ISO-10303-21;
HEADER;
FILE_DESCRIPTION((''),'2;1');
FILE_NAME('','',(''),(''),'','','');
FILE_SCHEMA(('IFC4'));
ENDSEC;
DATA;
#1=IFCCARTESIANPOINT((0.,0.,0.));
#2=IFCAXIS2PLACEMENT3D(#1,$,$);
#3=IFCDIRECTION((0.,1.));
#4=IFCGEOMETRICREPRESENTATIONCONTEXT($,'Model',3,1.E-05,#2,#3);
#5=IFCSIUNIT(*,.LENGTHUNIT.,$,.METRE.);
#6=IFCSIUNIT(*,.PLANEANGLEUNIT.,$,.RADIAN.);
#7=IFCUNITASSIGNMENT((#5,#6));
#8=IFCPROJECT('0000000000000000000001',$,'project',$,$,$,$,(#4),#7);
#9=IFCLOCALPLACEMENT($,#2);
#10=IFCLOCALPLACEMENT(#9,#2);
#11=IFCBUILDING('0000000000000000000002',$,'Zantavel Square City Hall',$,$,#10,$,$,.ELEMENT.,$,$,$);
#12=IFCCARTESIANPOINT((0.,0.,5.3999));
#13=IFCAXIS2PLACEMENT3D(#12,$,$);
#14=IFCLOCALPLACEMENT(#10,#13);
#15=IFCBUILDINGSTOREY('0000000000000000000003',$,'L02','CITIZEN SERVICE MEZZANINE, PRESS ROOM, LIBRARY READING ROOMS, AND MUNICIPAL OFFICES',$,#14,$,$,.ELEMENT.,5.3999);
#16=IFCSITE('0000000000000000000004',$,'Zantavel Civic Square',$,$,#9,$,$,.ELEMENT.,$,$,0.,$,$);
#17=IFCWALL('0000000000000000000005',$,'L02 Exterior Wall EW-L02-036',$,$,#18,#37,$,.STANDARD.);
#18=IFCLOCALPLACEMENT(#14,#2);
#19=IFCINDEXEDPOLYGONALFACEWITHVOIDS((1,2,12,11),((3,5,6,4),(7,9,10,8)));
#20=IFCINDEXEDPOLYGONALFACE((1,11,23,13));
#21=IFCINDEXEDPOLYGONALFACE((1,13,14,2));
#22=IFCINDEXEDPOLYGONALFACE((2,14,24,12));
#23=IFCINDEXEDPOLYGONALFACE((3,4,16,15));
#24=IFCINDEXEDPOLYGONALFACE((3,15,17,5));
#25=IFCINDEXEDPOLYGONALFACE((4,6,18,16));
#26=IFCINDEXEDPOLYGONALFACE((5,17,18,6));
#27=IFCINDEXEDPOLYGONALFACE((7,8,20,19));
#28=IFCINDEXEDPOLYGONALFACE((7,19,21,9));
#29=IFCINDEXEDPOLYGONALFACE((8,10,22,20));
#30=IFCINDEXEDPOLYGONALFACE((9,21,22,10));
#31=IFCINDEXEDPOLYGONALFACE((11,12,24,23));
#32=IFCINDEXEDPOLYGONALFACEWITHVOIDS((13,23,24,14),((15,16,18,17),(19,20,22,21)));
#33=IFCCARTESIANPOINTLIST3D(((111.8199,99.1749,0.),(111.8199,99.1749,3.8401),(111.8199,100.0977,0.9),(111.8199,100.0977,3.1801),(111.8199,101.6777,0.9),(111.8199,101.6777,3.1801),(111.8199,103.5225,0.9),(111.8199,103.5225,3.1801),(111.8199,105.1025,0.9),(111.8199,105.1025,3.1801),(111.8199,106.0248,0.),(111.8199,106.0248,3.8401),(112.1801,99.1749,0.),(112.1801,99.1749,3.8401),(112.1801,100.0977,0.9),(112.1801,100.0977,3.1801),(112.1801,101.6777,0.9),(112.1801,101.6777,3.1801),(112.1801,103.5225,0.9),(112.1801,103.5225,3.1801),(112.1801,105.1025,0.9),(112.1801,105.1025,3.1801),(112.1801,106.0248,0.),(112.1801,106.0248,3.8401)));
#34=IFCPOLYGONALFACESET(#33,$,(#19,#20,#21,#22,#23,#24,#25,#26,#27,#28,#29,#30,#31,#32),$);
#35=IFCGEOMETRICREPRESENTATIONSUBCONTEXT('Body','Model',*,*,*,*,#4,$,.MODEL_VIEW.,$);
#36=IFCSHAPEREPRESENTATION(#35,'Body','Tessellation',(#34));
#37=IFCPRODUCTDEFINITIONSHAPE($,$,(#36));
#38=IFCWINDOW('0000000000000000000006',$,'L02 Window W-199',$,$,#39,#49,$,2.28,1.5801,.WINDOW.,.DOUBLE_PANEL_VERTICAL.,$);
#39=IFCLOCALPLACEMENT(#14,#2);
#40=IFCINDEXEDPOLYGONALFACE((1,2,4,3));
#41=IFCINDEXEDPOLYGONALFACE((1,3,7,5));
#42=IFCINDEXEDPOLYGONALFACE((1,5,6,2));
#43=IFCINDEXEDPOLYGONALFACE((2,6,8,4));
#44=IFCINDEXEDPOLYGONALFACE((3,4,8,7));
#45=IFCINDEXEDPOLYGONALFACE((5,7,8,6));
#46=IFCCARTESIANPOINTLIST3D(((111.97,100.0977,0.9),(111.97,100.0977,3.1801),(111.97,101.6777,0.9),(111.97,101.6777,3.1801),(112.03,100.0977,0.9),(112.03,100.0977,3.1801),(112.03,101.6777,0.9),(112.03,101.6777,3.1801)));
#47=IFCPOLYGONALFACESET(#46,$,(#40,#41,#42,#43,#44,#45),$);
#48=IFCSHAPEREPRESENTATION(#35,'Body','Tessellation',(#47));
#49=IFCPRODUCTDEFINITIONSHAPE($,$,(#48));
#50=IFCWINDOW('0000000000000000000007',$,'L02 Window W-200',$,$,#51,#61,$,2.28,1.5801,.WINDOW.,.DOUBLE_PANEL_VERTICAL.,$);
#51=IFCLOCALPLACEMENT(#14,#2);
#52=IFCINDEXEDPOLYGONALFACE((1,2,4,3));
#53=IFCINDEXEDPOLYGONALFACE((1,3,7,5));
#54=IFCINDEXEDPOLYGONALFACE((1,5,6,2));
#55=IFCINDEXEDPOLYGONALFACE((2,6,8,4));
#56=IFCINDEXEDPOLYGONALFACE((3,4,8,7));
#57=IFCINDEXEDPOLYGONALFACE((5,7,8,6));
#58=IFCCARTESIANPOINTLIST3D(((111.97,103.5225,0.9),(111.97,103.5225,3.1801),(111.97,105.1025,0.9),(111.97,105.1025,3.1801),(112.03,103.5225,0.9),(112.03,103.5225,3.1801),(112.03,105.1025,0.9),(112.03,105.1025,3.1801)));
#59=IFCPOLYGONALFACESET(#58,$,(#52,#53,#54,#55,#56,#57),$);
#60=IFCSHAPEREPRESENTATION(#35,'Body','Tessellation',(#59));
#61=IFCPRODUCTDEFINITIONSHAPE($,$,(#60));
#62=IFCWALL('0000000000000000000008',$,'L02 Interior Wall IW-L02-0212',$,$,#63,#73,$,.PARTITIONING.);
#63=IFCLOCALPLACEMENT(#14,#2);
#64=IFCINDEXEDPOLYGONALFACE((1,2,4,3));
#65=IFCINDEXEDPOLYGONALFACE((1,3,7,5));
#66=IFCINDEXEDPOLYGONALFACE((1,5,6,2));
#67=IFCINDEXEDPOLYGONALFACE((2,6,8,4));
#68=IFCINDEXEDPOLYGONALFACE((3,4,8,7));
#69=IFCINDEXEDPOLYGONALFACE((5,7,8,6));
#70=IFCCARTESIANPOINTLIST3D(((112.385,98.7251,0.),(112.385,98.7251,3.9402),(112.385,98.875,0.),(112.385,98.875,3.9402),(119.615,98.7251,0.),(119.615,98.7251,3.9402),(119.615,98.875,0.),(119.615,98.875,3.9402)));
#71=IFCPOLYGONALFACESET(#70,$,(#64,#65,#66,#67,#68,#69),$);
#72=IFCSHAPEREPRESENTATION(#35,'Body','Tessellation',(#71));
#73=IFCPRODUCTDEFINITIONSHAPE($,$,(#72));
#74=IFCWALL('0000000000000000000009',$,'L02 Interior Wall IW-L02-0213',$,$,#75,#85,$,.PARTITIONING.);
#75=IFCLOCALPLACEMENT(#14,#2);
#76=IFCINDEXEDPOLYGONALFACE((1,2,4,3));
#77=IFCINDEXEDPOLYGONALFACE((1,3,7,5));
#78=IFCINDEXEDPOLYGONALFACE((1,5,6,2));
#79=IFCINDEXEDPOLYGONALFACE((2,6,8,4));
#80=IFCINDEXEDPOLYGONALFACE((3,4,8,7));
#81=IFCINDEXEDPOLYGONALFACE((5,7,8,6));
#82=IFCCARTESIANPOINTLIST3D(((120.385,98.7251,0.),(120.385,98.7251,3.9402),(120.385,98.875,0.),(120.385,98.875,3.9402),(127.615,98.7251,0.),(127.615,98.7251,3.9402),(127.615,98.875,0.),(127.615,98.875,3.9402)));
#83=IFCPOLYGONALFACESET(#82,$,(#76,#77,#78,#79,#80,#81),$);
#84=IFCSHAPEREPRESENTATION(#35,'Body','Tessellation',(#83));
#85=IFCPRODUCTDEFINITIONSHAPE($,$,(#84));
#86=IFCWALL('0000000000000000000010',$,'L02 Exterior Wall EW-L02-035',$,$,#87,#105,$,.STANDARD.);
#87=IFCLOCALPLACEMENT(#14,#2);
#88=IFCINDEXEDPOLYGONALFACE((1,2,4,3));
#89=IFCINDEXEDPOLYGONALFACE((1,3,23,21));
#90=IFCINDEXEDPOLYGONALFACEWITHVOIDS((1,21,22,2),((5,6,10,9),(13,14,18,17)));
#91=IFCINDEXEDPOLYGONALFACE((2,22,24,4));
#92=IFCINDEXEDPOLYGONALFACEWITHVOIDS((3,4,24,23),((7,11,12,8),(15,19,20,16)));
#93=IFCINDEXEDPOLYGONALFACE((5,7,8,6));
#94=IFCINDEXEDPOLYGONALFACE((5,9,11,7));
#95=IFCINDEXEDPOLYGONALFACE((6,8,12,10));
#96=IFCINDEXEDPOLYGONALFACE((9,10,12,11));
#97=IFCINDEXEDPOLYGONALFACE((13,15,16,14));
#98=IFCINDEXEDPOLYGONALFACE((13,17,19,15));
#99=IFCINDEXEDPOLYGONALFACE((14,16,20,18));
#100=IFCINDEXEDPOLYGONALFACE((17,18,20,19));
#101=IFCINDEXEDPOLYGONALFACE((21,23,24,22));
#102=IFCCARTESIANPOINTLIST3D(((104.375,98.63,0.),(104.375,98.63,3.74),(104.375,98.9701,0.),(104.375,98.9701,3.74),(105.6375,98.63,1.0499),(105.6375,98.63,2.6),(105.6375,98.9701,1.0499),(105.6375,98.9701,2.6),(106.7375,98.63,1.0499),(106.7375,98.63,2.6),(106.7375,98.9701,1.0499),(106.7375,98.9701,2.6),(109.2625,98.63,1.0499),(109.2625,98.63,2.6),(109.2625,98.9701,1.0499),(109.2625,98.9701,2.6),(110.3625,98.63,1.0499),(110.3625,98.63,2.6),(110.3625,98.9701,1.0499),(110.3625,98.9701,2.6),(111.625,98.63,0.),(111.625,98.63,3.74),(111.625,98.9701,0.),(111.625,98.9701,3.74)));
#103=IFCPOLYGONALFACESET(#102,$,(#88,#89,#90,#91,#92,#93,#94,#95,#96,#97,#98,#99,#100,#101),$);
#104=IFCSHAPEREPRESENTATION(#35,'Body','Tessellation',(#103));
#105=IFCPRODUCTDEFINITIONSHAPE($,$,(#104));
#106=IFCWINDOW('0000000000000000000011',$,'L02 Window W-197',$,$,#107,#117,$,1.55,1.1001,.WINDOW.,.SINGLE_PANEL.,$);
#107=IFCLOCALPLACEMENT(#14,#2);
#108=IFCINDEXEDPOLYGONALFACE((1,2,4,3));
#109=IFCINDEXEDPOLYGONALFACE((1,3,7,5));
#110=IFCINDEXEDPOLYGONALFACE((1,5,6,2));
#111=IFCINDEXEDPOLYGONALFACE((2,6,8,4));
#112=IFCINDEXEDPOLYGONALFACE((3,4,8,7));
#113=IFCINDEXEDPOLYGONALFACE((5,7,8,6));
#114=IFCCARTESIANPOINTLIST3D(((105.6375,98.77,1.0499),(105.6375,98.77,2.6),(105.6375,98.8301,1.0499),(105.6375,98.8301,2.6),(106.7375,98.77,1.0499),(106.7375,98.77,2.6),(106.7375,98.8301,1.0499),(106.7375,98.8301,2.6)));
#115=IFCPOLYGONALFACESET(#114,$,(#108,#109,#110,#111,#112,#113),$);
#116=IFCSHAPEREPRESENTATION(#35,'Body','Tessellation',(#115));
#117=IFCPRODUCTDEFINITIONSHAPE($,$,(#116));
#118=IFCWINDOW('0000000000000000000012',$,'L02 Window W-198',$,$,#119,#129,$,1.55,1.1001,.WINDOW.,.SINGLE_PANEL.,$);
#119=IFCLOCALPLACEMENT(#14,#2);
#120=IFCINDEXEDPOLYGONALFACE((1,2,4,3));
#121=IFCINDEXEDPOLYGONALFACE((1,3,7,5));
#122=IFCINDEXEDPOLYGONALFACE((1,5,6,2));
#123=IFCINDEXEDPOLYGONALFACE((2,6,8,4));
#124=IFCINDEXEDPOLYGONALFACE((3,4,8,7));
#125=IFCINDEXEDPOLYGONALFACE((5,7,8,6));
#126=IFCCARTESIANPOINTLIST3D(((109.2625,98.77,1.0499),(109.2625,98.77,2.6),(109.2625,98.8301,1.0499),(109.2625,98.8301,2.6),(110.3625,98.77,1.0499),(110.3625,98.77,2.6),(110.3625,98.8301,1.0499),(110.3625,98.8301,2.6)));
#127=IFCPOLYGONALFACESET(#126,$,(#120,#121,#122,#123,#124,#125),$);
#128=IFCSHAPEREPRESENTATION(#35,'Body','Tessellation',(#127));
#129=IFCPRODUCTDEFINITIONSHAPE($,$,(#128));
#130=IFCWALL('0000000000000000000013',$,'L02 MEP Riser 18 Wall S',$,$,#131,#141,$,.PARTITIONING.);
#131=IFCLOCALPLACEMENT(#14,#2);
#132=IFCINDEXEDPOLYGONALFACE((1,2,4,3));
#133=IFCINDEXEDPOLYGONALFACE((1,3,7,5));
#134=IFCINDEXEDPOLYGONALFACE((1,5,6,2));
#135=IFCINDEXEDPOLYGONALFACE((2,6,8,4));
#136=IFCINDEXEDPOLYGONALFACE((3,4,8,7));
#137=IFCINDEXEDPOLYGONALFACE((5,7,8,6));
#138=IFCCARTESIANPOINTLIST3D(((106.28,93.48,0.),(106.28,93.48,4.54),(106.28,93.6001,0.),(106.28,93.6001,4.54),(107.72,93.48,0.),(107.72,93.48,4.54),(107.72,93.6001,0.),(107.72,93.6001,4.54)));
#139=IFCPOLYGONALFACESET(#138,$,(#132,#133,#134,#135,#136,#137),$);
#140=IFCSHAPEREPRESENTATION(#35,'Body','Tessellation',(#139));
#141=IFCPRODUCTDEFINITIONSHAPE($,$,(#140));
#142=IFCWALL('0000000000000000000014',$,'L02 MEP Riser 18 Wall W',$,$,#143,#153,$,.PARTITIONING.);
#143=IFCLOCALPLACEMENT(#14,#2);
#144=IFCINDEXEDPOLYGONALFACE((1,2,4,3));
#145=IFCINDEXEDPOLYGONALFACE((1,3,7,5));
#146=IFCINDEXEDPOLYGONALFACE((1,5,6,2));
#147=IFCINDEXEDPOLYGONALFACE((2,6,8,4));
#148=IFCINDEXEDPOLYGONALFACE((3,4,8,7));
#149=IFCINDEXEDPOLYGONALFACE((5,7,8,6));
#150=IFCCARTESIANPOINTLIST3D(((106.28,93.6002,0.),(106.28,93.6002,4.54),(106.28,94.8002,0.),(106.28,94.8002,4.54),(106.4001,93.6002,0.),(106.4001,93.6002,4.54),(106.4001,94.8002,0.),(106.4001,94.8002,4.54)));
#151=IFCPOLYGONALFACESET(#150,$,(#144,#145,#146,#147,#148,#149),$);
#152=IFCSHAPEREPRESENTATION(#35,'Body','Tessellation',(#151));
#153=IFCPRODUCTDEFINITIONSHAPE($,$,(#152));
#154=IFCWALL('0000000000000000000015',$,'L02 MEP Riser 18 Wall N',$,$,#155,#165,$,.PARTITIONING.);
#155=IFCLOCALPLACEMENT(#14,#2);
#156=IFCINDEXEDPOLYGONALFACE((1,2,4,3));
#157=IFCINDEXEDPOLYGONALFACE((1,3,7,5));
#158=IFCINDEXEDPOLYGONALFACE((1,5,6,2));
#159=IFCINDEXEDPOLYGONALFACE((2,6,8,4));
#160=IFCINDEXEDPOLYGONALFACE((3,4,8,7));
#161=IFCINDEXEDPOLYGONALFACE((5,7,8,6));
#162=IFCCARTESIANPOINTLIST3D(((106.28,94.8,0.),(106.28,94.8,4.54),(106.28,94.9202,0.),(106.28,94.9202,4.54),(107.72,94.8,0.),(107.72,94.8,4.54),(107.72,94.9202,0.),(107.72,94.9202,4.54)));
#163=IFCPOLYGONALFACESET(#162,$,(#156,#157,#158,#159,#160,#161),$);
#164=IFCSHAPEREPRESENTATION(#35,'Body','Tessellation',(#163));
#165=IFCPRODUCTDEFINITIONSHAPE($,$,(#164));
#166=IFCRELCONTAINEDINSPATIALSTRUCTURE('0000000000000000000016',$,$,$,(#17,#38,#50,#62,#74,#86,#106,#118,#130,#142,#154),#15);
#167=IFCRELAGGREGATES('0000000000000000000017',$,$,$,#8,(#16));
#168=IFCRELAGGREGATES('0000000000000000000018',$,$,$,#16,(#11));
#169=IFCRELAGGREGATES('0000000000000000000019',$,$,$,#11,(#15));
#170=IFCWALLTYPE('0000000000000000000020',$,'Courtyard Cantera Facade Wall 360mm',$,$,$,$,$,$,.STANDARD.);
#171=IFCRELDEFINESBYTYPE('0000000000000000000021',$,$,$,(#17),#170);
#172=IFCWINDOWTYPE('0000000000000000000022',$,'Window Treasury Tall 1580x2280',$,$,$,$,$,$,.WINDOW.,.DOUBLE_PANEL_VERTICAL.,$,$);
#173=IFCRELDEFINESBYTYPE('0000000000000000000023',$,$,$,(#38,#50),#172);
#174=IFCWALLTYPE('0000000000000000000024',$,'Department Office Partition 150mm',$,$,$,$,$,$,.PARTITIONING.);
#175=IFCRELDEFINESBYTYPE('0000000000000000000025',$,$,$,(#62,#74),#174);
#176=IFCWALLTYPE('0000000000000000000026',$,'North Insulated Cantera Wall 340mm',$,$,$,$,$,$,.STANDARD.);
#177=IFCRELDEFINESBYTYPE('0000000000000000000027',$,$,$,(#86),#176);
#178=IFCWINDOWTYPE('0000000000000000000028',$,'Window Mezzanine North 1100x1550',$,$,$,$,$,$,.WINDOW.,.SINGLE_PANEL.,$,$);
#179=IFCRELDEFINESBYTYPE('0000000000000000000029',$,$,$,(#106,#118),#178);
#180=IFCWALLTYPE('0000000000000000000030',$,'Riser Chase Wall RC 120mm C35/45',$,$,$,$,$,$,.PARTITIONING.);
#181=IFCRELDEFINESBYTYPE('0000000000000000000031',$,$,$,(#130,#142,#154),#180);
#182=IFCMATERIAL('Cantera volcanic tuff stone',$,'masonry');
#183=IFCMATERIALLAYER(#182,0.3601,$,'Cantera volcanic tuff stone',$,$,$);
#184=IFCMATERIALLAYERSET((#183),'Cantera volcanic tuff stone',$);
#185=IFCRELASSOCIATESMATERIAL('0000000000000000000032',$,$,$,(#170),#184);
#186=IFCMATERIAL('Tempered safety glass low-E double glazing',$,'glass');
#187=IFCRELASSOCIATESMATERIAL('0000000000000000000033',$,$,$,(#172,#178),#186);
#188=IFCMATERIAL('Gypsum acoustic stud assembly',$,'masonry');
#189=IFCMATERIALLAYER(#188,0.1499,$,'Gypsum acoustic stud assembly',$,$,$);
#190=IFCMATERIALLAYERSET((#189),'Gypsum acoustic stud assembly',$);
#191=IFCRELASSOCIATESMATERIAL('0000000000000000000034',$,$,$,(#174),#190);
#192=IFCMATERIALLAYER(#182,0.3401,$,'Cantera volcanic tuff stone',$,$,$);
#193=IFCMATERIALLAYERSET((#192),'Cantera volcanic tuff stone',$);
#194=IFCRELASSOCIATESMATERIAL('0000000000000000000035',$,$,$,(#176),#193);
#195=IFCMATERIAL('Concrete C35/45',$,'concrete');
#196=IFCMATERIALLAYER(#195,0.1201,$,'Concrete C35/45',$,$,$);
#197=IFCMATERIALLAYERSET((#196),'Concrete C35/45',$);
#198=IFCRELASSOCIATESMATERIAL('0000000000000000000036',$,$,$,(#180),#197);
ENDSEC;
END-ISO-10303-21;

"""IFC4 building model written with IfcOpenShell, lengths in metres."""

from ifc_helpers import new_model, si_unit, direction, frame, frame_2d, origin, place, context, subcontext, project, spatial, rectangle, extrude, material, layer, layer_set, type_object, element, fill, save


model = new_model("IFC4")

# Units and contexts
model_context = context("Model", 3, precision=1e-05, world=origin(), true_north=direction((0.0, 1.0)))
body_context = subcontext(model_context, "Body", "Model", "MODEL_VIEW")
ifc_project = project(units=[si_unit("LENGTHUNIT", "METRE"), si_unit("PLANEANGLEUNIT", "RADIAN")], contexts=[model_context])

# Site, building, storey
site_placement = place(None, origin())
site = spatial("IfcSite", under=ifc_project, at=site_placement, Name="Zantavel Civic Square", CompositionType="ELEMENT", RefElevation=0.0)
building_placement = place(site_placement, origin())
building = spatial("IfcBuilding", under=site, at=building_placement, Name="Zantavel Square City Hall", CompositionType="ELEMENT")
storey_placement = place(building_placement, frame((0.0, 0.0, 5.3999)))
storey = spatial("IfcBuildingStorey", under=building, at=storey_placement, Name="L02", Description="CITIZEN SERVICE MEZZANINE, PRESS ROOM, LIBRARY READING ROOMS, AND MUNICIPAL OFFICES", CompositionType="ELEMENT", Elevation=5.3999)

# Shared definitions
ifc_material_1 = material(Name="Concrete C35/45", Category="concrete")

# Wall, openings, windows
ifc_material_2 = material(Name="Cantera volcanic tuff stone", Category="masonry")
ifc_layer_1 = layer(ifc_material_2, 0.3601, Name="Cantera volcanic tuff stone")
ifc_layer_set_1 = layer_set([ifc_layer_1], Name="Cantera volcanic tuff stone")
wall_type_1 = type_object("IfcWallType", Name="Courtyard Cantera Facade Wall 360mm", PredefinedType="STANDARD", material=ifc_layer_set_1)
wall_1_placement = place(storey_placement, frame((112.0, 99.175, 0.0), z_axis=(0.0, 0.0, 1.0), x_axis=(0.0, 1.0, 0.0)))
wall_1 = element("IfcWall", 1, at=wall_1_placement, inside=storey, type_object=wall_type_1, Name="L02 Exterior Wall EW-L02-036", PredefinedType="STANDARD", context=body_context, shape_type="SweptSolid", body=[
    extrude(rectangle(XDim=6.8499, YDim=0.3601, at=frame_2d((3.4248, 0.0))), origin(), (0.0, 0.0, 1.0), 3.8401),
])
opening_1_placement = place(wall_1_placement, frame((0.9226, 0.0, 0.8999)))
opening_1 = element("IfcOpeningElement", 2, at=opening_1_placement, cuts=wall_1, PredefinedType="OPENING", context=body_context, shape_type="SweptSolid", body=[
    extrude(rectangle(XDim=1.5801, YDim=2.28, at=frame_2d((0.79, 1.1401))), frame((0.0, 0.1899, 0.0), z_axis=(0.0, -1.0, 0.0), x_axis=(1.0, 0.0, 0.0)), (0.0, 0.0, 1.0), 0.3801),
])
opening_2_placement = place(wall_1_placement, frame((4.3474, 0.0, 0.8999)))
opening_2 = element("IfcOpeningElement", 3, at=opening_2_placement, cuts=wall_1, PredefinedType="OPENING", context=body_context, shape_type="SweptSolid", body=[
    extrude(rectangle(XDim=1.5801, YDim=2.28, at=frame_2d((0.79, 1.1401))), frame((0.0, 0.1899, 0.0), z_axis=(0.0, -1.0, 0.0), x_axis=(1.0, 0.0, 0.0)), (0.0, 0.0, 1.0), 0.3801),
])
ifc_material_3 = material(Name="Tempered safety glass low-E double glazing", Category="glass")
window_type_1 = type_object("IfcWindowType", Name="Window Treasury Tall 1580x2280", PartitioningType="DOUBLE_PANEL_VERTICAL", PredefinedType="WINDOW", material=ifc_material_3)
window_1_placement = place(opening_1_placement, origin())
window_1 = element("IfcWindow", 4, at=window_1_placement, inside=storey, type_object=window_type_1, Name="L02 Window W-199", OverallHeight=2.28, OverallWidth=1.5801, PartitioningType="DOUBLE_PANEL_VERTICAL", PredefinedType="WINDOW", context=body_context, shape_type="SweptSolid", body=[
    extrude(rectangle(XDim=1.5801, YDim=2.28, at=frame_2d((0.79, 1.1401))), frame((0.0, 0.03, 0.0), z_axis=(0.0, -1.0, 0.0), x_axis=(1.0, 0.0, 0.0)), (0.0, 0.0, 1.0), 0.0601),
])
fill(opening_1, window_1)
window_2_placement = place(opening_2_placement, origin())
window_2 = element("IfcWindow", 5, at=window_2_placement, inside=storey, type_object=window_type_1, Name="L02 Window W-200", OverallHeight=2.28, OverallWidth=1.5801, PartitioningType="DOUBLE_PANEL_VERTICAL", PredefinedType="WINDOW", context=body_context, shape_type="SweptSolid", body=[
    extrude(rectangle(XDim=1.5801, YDim=2.28, at=frame_2d((0.79, 1.1401))), frame((0.0, 0.03, 0.0), z_axis=(0.0, -1.0, 0.0), x_axis=(1.0, 0.0, 0.0)), (0.0, 0.0, 1.0), 0.0601),
])
fill(opening_2, window_2)

# Walls
ifc_material_4 = material(Name="Gypsum acoustic stud assembly", Category="masonry")
ifc_layer_2 = layer(ifc_material_4, 0.1499, Name="Gypsum acoustic stud assembly")
ifc_layer_set_2 = layer_set([ifc_layer_2], Name="Gypsum acoustic stud assembly")
wall_type_2 = type_object("IfcWallType", Name="Department Office Partition 150mm", PredefinedType="PARTITIONING", material=ifc_layer_set_2)
for number, where, z_axis, x_axis, name in (
    (6, (112.385, 98.8, 0.0), (0.0, 0.0, 1.0), (1.0, 0.0, 0.0), "L02 Interior Wall IW-L02-0212"),
    (7, (120.385, 98.8, 0.0), (0.0, 0.0, 1.0), (1.0, 0.0, 0.0), "L02 Interior Wall IW-L02-0213"),
):
    element("IfcWall", number, at=place(storey_placement, frame(where, z_axis=z_axis, x_axis=x_axis)), inside=storey, type_object=wall_type_2, Name=name, PredefinedType="PARTITIONING", context=body_context, shape_type="SweptSolid", body=[
        extrude(rectangle(XDim=7.23, YDim=0.1499, at=frame_2d((3.615, 0.0))), origin(), (0.0, 0.0, 1.0), 3.9402),
    ])

# Wall, openings, windows
ifc_layer_3 = layer(ifc_material_2, 0.3401, Name="Cantera volcanic tuff stone")
ifc_layer_set_3 = layer_set([ifc_layer_3], Name="Cantera volcanic tuff stone")
wall_type_3 = type_object("IfcWallType", Name="North Insulated Cantera Wall 340mm", PredefinedType="STANDARD", material=ifc_layer_set_3)
wall_2_placement = place(storey_placement, frame((104.375, 98.8, 0.0), z_axis=(0.0, 0.0, 1.0), x_axis=(1.0, 0.0, 0.0)))
wall_2 = element("IfcWall", 8, at=wall_2_placement, inside=storey, type_object=wall_type_3, Name="L02 Exterior Wall EW-L02-035", PredefinedType="STANDARD", context=body_context, shape_type="SweptSolid", body=[
    extrude(rectangle(XDim=7.25, YDim=0.3401, at=frame_2d((3.625, 0.0))), origin(), (0.0, 0.0, 1.0), 3.74),
])
opening_3_placement = place(wall_2_placement, frame((1.2625, 0.0, 1.05)))
opening_3 = element("IfcOpeningElement", 9, at=opening_3_placement, cuts=wall_2, PredefinedType="OPENING", context=body_context, shape_type="SweptSolid", body=[
    extrude(rectangle(XDim=1.1001, YDim=1.55, at=frame_2d((0.55, 0.7749))), frame((0.0, 0.1799, 0.0), z_axis=(0.0, -1.0, 0.0), x_axis=(1.0, 0.0, 0.0)), (0.0, 0.0, 1.0), 0.3601),
])
opening_4_placement = place(wall_2_placement, frame((4.8875, 0.0, 1.05)))
opening_4 = element("IfcOpeningElement", 10, at=opening_4_placement, cuts=wall_2, PredefinedType="OPENING", context=body_context, shape_type="SweptSolid", body=[
    extrude(rectangle(XDim=1.1001, YDim=1.55, at=frame_2d((0.55, 0.7749))), frame((0.0, 0.1799, 0.0), z_axis=(0.0, -1.0, 0.0), x_axis=(1.0, 0.0, 0.0)), (0.0, 0.0, 1.0), 0.3601),
])
window_type_2 = type_object("IfcWindowType", Name="Window Mezzanine North 1100x1550", PartitioningType="SINGLE_PANEL", PredefinedType="WINDOW", material=ifc_material_3)
window_3_placement = place(opening_3_placement, origin())
window_3 = element("IfcWindow", 11, at=window_3_placement, inside=storey, type_object=window_type_2, Name="L02 Window W-197", OverallHeight=1.55, OverallWidth=1.1001, PartitioningType="SINGLE_PANEL", PredefinedType="WINDOW", context=body_context, shape_type="SweptSolid", body=[
    extrude(rectangle(XDim=1.1001, YDim=1.55, at=frame_2d((0.55, 0.7749))), frame((0.0, 0.03, 0.0), z_axis=(0.0, -1.0, 0.0), x_axis=(1.0, 0.0, 0.0)), (0.0, 0.0, 1.0), 0.0601),
])
fill(opening_3, window_3)
window_4_placement = place(opening_4_placement, origin())
window_4 = element("IfcWindow", 12, at=window_4_placement, inside=storey, type_object=window_type_2, Name="L02 Window W-198", OverallHeight=1.55, OverallWidth=1.1001, PartitioningType="SINGLE_PANEL", PredefinedType="WINDOW", context=body_context, shape_type="SweptSolid", body=[
    extrude(rectangle(XDim=1.1001, YDim=1.55, at=frame_2d((0.55, 0.7749))), frame((0.0, 0.03, 0.0), z_axis=(0.0, -1.0, 0.0), x_axis=(1.0, 0.0, 0.0)), (0.0, 0.0, 1.0), 0.0601),
])
fill(opening_4, window_4)

# Walls
ifc_layer_4 = layer(ifc_material_1, 0.1201, Name="Concrete C35/45")
ifc_layer_set_4 = layer_set([ifc_layer_4], Name="Concrete C35/45")
wall_type_4 = type_object("IfcWallType", Name="Riser Chase Wall RC 120mm C35/45", PredefinedType="PARTITIONING", material=ifc_layer_set_4)
wall_3_placement = place(storey_placement, frame((107.72, 93.54, 0.0), z_axis=(0.0, 0.0, 1.0), x_axis=(-1.0, 0.0, 0.0)))
element("IfcWall", 13, at=wall_3_placement, inside=storey, type_object=wall_type_4, Name="L02 MEP Riser 18 Wall S", PredefinedType="PARTITIONING", context=body_context, shape_type="SweptSolid", body=[
    extrude(rectangle(XDim=1.4399, YDim=0.1201, at=frame_2d((0.72, 0.0))), origin(), (0.0, 0.0, 1.0), 4.54),
])
wall_4_placement = place(storey_placement, frame((106.3401, 93.6001, 0.0), z_axis=(0.0, 0.0, 1.0), x_axis=(0.0, 1.0, 0.0)))
element("IfcWall", 14, at=wall_4_placement, inside=storey, type_object=wall_type_4, Name="L02 MEP Riser 18 Wall W", PredefinedType="PARTITIONING", context=body_context, shape_type="SweptSolid", body=[
    extrude(rectangle(XDim=1.2, YDim=0.1201, at=frame_2d((0.6001, 0.0))), origin(), (0.0, 0.0, 1.0), 4.54),
])
wall_5_placement = place(storey_placement, frame((106.28, 94.8601, 0.0), z_axis=(0.0, 0.0, 1.0), x_axis=(1.0, 0.0, 0.0)))
element("IfcWall", 15, at=wall_5_placement, inside=storey, type_object=wall_type_4, Name="L02 MEP Riser 18 Wall N", PredefinedType="PARTITIONING", context=body_context, shape_type="SweptSolid", body=[
    extrude(rectangle(XDim=1.4399, YDim=0.1201, at=frame_2d((0.72, 0.0))), origin(), (0.0, 0.0, 1.0), 4.54),
])

save(model, "model.ifc")
